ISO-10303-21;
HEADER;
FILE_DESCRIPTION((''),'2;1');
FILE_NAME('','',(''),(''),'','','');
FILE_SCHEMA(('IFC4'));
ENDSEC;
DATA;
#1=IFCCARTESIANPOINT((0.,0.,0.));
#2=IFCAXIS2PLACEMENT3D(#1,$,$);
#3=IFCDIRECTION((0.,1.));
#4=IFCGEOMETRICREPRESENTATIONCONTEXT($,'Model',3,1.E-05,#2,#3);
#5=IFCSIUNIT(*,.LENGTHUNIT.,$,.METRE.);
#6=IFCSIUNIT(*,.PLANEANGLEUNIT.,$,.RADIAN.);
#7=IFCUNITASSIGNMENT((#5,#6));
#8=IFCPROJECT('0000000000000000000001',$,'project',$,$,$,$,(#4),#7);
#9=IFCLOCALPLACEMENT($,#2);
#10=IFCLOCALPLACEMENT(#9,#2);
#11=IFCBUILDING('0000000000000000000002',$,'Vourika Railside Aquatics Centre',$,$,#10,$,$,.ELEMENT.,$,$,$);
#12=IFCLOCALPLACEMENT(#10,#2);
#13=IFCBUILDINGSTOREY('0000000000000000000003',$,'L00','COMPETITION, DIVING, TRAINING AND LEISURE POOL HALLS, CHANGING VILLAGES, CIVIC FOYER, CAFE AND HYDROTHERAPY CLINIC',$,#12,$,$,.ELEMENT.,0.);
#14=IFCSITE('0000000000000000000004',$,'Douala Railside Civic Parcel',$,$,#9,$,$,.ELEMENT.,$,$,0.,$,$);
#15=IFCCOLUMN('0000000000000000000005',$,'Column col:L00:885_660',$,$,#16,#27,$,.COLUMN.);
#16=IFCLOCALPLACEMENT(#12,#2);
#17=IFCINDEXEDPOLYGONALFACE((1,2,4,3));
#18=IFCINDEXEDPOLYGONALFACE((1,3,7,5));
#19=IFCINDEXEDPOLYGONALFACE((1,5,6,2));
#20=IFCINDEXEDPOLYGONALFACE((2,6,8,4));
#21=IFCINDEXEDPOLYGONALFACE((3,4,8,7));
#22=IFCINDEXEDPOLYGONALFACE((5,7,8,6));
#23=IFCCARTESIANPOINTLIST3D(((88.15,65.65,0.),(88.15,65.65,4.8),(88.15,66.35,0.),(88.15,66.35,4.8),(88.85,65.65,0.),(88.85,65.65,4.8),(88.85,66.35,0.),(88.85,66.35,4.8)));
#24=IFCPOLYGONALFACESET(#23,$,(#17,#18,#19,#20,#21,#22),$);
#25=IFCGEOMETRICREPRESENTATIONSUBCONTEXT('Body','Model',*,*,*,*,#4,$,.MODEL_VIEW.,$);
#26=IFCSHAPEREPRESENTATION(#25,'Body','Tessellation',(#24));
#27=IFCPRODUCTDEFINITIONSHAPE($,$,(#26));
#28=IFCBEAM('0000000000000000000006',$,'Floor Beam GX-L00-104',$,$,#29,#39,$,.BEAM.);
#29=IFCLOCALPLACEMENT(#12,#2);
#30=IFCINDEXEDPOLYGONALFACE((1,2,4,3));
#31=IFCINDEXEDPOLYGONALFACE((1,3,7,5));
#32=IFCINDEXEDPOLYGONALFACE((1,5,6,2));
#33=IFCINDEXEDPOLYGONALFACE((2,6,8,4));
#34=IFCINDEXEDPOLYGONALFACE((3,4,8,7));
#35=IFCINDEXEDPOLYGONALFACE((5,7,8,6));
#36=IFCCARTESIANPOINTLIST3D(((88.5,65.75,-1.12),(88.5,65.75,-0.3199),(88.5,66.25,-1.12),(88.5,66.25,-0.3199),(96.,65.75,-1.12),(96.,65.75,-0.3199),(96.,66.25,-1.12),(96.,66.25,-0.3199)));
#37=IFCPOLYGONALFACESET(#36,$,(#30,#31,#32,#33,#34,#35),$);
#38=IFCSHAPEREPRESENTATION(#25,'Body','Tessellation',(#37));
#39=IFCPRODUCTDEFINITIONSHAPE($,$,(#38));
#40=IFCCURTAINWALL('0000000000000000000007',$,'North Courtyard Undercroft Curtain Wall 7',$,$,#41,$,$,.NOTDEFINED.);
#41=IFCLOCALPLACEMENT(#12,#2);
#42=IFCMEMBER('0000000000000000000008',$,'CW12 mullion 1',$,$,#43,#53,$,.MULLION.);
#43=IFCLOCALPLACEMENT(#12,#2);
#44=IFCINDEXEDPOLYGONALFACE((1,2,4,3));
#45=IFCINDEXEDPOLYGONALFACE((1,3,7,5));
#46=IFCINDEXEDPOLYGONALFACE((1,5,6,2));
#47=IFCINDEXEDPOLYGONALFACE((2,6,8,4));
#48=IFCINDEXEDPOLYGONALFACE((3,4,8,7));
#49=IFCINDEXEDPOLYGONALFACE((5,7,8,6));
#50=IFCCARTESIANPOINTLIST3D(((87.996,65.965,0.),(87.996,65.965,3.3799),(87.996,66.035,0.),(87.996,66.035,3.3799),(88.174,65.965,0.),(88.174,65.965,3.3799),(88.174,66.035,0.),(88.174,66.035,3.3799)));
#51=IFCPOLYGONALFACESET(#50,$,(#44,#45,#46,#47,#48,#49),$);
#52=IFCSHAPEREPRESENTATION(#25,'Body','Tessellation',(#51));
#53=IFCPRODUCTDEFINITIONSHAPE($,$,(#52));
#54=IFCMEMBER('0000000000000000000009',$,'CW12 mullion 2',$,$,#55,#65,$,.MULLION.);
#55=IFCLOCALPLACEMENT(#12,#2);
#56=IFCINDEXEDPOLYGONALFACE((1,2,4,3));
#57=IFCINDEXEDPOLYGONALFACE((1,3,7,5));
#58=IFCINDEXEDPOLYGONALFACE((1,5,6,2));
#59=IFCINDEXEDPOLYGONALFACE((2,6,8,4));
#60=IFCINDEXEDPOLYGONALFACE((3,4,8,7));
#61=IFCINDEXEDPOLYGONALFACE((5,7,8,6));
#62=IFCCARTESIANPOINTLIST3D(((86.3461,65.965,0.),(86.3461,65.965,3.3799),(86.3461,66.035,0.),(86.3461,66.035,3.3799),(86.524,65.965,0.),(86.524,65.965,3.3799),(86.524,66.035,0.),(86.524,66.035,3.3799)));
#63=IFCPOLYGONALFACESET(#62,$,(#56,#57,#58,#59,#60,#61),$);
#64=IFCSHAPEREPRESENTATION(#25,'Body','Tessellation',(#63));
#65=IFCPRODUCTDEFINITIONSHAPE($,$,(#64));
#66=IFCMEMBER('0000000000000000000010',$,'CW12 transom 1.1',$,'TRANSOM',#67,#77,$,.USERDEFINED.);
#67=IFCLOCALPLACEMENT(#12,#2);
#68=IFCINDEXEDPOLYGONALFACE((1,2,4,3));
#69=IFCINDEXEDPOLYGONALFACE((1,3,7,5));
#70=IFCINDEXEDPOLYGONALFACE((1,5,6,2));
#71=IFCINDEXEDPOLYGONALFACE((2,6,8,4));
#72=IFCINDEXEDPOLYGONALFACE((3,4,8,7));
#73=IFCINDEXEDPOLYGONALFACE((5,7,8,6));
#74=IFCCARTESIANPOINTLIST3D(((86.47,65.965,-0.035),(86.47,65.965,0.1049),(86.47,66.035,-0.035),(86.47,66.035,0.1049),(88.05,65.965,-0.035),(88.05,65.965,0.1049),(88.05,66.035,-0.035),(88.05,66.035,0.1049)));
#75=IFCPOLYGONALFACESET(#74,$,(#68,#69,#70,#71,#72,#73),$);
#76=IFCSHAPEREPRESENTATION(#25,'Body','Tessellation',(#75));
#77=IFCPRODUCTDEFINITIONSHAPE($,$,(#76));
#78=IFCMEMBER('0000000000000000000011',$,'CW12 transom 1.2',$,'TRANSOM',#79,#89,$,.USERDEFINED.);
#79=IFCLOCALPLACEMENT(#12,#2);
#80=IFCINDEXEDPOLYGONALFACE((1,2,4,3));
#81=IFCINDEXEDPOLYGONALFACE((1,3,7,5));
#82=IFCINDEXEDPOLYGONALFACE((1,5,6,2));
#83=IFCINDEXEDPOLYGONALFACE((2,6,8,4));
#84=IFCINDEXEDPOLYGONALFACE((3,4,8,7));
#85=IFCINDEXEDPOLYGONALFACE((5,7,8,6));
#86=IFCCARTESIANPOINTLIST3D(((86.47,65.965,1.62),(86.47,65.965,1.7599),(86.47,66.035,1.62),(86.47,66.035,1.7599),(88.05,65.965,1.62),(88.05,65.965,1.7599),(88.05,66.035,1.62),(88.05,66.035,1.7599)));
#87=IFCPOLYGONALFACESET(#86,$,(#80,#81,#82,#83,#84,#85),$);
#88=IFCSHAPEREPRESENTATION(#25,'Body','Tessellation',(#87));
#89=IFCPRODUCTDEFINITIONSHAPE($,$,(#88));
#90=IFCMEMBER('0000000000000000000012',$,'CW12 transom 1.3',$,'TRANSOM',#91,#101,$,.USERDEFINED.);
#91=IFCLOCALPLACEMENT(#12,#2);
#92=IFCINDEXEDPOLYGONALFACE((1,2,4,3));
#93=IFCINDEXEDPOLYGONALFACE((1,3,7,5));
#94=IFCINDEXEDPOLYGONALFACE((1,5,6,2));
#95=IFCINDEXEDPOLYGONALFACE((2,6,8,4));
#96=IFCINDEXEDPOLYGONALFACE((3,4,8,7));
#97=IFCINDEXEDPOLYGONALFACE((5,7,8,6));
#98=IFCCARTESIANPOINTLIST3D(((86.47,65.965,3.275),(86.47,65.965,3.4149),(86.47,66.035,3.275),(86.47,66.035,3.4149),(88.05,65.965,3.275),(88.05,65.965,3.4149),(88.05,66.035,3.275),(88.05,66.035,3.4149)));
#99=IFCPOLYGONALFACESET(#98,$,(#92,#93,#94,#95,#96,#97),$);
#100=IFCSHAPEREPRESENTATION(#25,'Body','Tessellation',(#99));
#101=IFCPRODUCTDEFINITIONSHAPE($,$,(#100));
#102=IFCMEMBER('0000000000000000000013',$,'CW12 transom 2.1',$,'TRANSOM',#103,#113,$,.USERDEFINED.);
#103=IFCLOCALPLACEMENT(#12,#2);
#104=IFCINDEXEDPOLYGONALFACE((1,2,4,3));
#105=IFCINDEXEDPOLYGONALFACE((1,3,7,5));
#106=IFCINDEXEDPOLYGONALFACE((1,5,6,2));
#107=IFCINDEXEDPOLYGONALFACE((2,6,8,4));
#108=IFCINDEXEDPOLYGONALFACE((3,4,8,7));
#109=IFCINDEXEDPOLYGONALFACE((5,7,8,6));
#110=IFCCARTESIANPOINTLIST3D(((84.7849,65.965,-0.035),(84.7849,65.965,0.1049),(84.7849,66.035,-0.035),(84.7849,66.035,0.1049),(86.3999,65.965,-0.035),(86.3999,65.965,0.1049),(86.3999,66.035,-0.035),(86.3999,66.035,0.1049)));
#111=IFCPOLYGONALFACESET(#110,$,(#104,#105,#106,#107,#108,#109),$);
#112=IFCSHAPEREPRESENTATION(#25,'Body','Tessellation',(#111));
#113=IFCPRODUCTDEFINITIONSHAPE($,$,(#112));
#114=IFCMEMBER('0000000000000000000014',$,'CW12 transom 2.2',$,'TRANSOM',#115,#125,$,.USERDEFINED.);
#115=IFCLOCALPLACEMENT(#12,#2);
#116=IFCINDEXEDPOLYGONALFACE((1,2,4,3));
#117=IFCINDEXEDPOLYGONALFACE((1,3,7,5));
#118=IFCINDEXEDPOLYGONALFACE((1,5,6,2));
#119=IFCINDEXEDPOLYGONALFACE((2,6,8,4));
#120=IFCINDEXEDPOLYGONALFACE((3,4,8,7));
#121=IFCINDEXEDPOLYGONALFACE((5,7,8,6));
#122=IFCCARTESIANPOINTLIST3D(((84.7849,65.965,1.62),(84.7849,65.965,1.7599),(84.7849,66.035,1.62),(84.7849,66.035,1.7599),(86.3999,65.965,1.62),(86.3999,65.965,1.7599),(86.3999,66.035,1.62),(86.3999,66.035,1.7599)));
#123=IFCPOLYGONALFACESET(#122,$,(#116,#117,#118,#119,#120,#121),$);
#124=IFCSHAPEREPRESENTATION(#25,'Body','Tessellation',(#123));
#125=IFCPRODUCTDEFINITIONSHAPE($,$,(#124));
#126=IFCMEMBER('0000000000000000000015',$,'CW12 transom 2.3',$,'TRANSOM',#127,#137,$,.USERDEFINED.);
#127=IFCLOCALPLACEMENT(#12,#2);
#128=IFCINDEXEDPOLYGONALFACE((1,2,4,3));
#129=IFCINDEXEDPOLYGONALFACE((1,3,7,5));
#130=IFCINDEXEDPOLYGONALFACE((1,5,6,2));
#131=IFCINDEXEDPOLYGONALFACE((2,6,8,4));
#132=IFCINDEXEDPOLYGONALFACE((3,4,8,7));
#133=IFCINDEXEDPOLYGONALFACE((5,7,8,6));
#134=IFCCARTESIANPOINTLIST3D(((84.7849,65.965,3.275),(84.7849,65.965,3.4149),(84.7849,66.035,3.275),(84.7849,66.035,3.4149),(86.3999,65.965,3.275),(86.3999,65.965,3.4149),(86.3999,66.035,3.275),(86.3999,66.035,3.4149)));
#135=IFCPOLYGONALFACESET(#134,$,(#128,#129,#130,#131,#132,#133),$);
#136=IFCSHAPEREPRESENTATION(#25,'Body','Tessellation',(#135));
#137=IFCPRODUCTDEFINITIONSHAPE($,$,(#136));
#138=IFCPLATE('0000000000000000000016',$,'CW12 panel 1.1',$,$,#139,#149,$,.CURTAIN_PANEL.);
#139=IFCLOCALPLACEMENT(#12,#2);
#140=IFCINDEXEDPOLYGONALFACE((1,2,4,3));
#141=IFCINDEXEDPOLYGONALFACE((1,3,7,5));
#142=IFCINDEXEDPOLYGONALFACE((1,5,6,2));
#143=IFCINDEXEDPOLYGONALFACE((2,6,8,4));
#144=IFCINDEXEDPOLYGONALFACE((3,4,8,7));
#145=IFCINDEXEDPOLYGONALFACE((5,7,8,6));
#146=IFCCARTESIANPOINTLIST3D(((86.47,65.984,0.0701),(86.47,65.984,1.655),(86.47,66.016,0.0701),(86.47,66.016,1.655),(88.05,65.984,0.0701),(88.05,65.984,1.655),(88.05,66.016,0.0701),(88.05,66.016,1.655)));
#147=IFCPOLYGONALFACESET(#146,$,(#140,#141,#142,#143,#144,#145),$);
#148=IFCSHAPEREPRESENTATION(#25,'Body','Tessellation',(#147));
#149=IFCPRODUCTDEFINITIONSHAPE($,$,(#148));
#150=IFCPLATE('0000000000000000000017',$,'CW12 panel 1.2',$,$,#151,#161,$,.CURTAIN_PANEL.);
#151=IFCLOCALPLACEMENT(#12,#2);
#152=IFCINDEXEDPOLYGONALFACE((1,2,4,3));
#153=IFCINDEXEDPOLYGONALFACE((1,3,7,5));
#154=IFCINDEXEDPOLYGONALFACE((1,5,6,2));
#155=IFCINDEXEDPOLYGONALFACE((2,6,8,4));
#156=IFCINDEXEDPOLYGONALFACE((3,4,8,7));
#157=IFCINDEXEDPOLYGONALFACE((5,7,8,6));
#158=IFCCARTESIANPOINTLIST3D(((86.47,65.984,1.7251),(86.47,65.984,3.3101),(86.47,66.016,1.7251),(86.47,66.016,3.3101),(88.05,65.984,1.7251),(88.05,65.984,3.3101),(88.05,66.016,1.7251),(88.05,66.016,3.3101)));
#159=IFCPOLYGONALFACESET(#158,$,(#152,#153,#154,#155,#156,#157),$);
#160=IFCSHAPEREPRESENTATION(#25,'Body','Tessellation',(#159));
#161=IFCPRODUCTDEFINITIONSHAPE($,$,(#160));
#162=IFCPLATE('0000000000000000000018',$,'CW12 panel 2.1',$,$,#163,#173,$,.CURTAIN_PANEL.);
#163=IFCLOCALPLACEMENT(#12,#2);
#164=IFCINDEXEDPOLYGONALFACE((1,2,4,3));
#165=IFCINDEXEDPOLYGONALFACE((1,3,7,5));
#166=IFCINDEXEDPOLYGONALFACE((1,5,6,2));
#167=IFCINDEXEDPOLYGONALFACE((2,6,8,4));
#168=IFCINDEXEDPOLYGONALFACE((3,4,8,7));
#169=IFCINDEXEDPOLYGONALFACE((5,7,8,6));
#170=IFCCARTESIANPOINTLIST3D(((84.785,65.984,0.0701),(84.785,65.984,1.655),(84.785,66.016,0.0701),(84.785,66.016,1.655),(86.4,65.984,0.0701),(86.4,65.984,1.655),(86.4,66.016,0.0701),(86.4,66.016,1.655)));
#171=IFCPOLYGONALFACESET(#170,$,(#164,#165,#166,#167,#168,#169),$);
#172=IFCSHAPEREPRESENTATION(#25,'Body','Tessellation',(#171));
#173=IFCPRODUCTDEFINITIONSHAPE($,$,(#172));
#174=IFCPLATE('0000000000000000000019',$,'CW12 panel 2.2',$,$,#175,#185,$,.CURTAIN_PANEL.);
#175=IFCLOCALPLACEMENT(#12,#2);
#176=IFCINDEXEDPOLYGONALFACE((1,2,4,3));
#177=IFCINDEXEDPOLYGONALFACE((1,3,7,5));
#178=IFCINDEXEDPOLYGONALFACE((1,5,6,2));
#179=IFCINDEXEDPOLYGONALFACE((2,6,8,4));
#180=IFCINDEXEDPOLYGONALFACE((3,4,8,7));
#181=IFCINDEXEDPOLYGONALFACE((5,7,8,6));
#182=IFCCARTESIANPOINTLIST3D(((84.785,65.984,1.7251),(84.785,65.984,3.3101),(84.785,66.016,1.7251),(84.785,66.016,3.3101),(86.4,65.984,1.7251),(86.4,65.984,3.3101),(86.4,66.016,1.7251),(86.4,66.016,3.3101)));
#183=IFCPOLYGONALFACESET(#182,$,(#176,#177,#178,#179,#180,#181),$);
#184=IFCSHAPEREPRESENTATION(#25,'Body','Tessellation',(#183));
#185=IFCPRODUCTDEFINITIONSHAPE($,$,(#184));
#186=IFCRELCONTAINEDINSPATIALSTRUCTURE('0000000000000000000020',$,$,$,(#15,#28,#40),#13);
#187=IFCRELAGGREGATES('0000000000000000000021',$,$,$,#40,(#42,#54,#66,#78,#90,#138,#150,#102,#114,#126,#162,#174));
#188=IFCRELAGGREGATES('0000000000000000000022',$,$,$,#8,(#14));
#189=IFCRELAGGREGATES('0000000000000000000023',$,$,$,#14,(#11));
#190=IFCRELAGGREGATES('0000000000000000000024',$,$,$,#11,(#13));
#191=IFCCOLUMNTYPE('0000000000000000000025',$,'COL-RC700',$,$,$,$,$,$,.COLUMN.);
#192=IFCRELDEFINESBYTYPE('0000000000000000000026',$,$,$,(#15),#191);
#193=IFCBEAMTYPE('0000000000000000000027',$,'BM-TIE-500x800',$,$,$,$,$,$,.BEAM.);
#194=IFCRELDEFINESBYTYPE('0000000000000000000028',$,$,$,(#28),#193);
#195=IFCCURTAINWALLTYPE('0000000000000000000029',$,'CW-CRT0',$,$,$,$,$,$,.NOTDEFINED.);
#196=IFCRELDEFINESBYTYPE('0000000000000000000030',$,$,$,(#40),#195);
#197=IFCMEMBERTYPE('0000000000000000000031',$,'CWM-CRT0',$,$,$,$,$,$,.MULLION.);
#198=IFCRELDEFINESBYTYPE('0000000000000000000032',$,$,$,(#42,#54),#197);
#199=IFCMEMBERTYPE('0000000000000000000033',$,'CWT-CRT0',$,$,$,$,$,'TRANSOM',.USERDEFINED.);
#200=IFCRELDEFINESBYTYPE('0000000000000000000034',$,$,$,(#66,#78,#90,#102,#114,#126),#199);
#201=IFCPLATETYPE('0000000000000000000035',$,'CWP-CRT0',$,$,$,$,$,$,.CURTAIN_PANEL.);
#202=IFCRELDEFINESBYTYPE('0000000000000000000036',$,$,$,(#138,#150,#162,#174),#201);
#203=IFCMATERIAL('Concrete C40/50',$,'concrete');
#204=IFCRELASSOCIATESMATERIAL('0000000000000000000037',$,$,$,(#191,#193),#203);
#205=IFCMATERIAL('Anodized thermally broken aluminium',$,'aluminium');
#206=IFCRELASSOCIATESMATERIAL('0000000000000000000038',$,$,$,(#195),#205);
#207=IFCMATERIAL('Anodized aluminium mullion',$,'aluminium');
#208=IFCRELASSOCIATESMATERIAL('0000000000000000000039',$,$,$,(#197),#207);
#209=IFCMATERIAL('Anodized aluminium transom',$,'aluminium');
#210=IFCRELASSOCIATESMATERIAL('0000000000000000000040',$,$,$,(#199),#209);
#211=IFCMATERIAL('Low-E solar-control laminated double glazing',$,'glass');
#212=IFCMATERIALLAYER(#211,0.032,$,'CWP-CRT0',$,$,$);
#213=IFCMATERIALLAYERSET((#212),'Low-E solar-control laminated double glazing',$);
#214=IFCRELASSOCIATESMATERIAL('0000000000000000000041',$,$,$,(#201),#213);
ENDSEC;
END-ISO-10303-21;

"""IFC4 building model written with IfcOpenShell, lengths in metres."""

from ifc_helpers import new_model, si_unit, direction, frame, origin, origin_2d, place, context, subcontext, project, spatial, rectangle, extrude, material, layer, layer_set, material_profile, profile_set, type_object, element, aggregate, save


model = new_model("IFC4")

# Units and contexts
model_context = context("Model", 3, precision=1e-05, world=origin(), true_north=direction((0.0, 1.0)))
body_context = subcontext(model_context, "Body", "Model", "MODEL_VIEW")
ifc_project = project(units=[si_unit("LENGTHUNIT", "METRE"), si_unit("PLANEANGLEUNIT", "RADIAN")], contexts=[model_context])

# Site, building, storey
site_placement = place(None, origin())
site = spatial("IfcSite", under=ifc_project, at=site_placement, Name="Douala Railside Civic Parcel", CompositionType="ELEMENT", RefElevation=0.0)
building_placement = place(site_placement, origin())
building = spatial("IfcBuilding", under=site, at=building_placement, Name="Vourika Railside Aquatics Centre", CompositionType="ELEMENT")
storey_placement = place(building_placement, origin())
storey = spatial("IfcBuildingStorey", under=building, at=storey_placement, Name="L00", Description="COMPETITION, DIVING, TRAINING AND LEISURE POOL HALLS, CHANGING VILLAGES, CIVIC FOYER, CAFE AND HYDROTHERAPY CLINIC", CompositionType="ELEMENT", Elevation=0.0)

# Column
ifc_material_1 = material(Name="Concrete C40/50", Category="concrete")
ifc_material_profile_1 = material_profile(ifc_material_1, rectangle(XDim=0.7, YDim=0.7, at=origin_2d()), Name="RC 700x700")
ifc_profile_set_1 = profile_set([ifc_material_profile_1], Name="Concrete C40/50")
column_type = type_object("IfcColumnType", Name="COL-RC700", PredefinedType="COLUMN", material=ifc_profile_set_1)
column_placement = place(storey_placement, frame((88.5, 66.0, 0.0), z_axis=(0.0, 0.0, 1.0), x_axis=(1.0, 0.0, 0.0)))
element("IfcColumn", 1, at=column_placement, inside=storey, type_object=column_type, Name="Column col:L00:885_660", PredefinedType="COLUMN", context=body_context, shape_type="SweptSolid", body=[
    extrude(rectangle(XDim=0.7, YDim=0.7, at=origin_2d()), origin(), (0.0, 0.0, 1.0), 4.8),
])

# Beam
ifc_material_profile_2 = material_profile(ifc_material_1, rectangle(XDim=0.5, YDim=0.8, at=origin_2d()), Name="RC 500x800")
ifc_profile_set_2 = profile_set([ifc_material_profile_2], Name="Concrete C40/50")
beam_type = type_object("IfcBeamType", Name="BM-TIE-500x800", PredefinedType="BEAM", material=ifc_profile_set_2)
beam_placement = place(storey_placement, frame((88.5, 66.0, -0.72), z_axis=(1.0, 0.0, 0.0), x_axis=(0.0, 1.0, 0.0)))
element("IfcBeam", 2, at=beam_placement, inside=storey, type_object=beam_type, Name="Floor Beam GX-L00-104", PredefinedType="BEAM", context=body_context, shape_type="SweptSolid", body=[
    extrude(rectangle(XDim=0.5, YDim=0.8, at=origin_2d()), origin(), (0.0, 0.0, 1.0), 7.5),
])

# Curtain wall, members, plates
ifc_material_2 = material(Name="Anodized thermally broken aluminium", Category="aluminium")
curtain_wall_type = type_object("IfcCurtainWallType", Name="CW-CRT0", PredefinedType="NOTDEFINED", material=ifc_material_2)
curtain_wall_placement = place(storey_placement, origin())
curtain_wall = element("IfcCurtainWall", 3, at=curtain_wall_placement, inside=storey, type_object=curtain_wall_type, Name="North Courtyard Undercroft Curtain Wall 7", PredefinedType="NOTDEFINED")
ifc_material_3 = material(Name="Anodized aluminium mullion", Category="aluminium")
ifc_material_profile_3 = material_profile(ifc_material_3, rectangle(XDim=0.0701, YDim=0.178, at=origin_2d()), Name="ALU-M 70x178")
ifc_profile_set_3 = profile_set([ifc_material_profile_3], Name="Anodized aluminium mullion")
member_type_1 = type_object("IfcMemberType", Name="CWM-CRT0", PredefinedType="MULLION", material=ifc_profile_set_3)
member_1_placement = place(storey_placement, frame((88.085, 66.0, 0.0), z_axis=(0.0, 0.0, 1.0), x_axis=(0.0, -1.0, 0.0)))
member_1 = element("IfcMember", 4, at=member_1_placement, type_object=member_type_1, Name="CW12 mullion 1", PredefinedType="MULLION", context=body_context, shape_type="SweptSolid", body=[
    extrude(rectangle(XDim=0.0701, YDim=0.178, at=origin_2d()), origin(), (0.0, 0.0, 1.0), 3.3799),
])
member_2_placement = place(storey_placement, frame((86.4351, 66.0, 0.0), z_axis=(0.0, 0.0, 1.0), x_axis=(0.0, -1.0, 0.0)))
member_2 = element("IfcMember", 5, at=member_2_placement, type_object=member_type_1, Name="CW12 mullion 2", PredefinedType="MULLION", context=body_context, shape_type="SweptSolid", body=[
    extrude(rectangle(XDim=0.0701, YDim=0.178, at=origin_2d()), origin(), (0.0, 0.0, 1.0), 3.3799),
])
ifc_material_4 = material(Name="Anodized aluminium transom", Category="aluminium")
ifc_material_profile_4 = material_profile(ifc_material_4, rectangle(XDim=0.0701, YDim=0.1399, at=origin_2d()), Name="ALU-T 70x140")
ifc_profile_set_4 = profile_set([ifc_material_profile_4], Name="Anodized aluminium transom")
member_type_2 = type_object("IfcMemberType", Name="CWT-CRT0", ElementType="TRANSOM", PredefinedType="USERDEFINED", material=ifc_profile_set_4)
member_3_placement = place(storey_placement, frame((88.05, 66.0, 0.0349), z_axis=(-1.0, 0.0, 0.0), x_axis=(0.0, -1.0, 0.0)))
member_3 = element("IfcMember", 6, at=member_3_placement, type_object=member_type_2, Name="CW12 transom 1.1", ObjectType="TRANSOM", PredefinedType="USERDEFINED", context=body_context, shape_type="SweptSolid", body=[
    extrude(rectangle(XDim=0.0701, YDim=0.1399, at=origin_2d()), origin(), (0.0, 0.0, 1.0), 1.5801),
])
member_4_placement = place(storey_placement, frame((88.05, 66.0, 1.6899), z_axis=(-1.0, 0.0, 0.0), x_axis=(0.0, -1.0, 0.0)))
member_4 = element("IfcMember", 7, at=member_4_placement, type_object=member_type_2, Name="CW12 transom 1.2", ObjectType="TRANSOM", PredefinedType="USERDEFINED", context=body_context, shape_type="SweptSolid", body=[
    extrude(rectangle(XDim=0.0701, YDim=0.1399, at=origin_2d()), origin(), (0.0, 0.0, 1.0), 1.5801),
])
member_5_placement = place(storey_placement, frame((88.05, 66.0, 3.345), z_axis=(-1.0, 0.0, 0.0), x_axis=(0.0, -1.0, 0.0)))
member_5 = element("IfcMember", 8, at=member_5_placement, type_object=member_type_2, Name="CW12 transom 1.3", ObjectType="TRANSOM", PredefinedType="USERDEFINED", context=body_context, shape_type="SweptSolid", body=[
    extrude(rectangle(XDim=0.0701, YDim=0.1399, at=origin_2d()), origin(), (0.0, 0.0, 1.0), 1.5801),
])
member_6_placement = place(storey_placement, frame((86.3999, 66.0, 0.0349), z_axis=(-1.0, 0.0, 0.0), x_axis=(0.0, -1.0, 0.0)))
member_6 = element("IfcMember", 9, at=member_6_placement, type_object=member_type_2, Name="CW12 transom 2.1", ObjectType="TRANSOM", PredefinedType="USERDEFINED", context=body_context, shape_type="SweptSolid", body=[
    extrude(rectangle(XDim=0.0701, YDim=0.1399, at=origin_2d()), origin(), (0.0, 0.0, 1.0), 1.615),
])
member_7_placement = place(storey_placement, frame((86.3999, 66.0, 1.6899), z_axis=(-1.0, 0.0, 0.0), x_axis=(0.0, -1.0, 0.0)))
member_7 = element("IfcMember", 10, at=member_7_placement, type_object=member_type_2, Name="CW12 transom 2.2", ObjectType="TRANSOM", PredefinedType="USERDEFINED", context=body_context, shape_type="SweptSolid", body=[
    extrude(rectangle(XDim=0.0701, YDim=0.1399, at=origin_2d()), origin(), (0.0, 0.0, 1.0), 1.615),
])
member_8_placement = place(storey_placement, frame((86.3999, 66.0, 3.345), z_axis=(-1.0, 0.0, 0.0), x_axis=(0.0, -1.0, 0.0)))
member_8 = element("IfcMember", 11, at=member_8_placement, type_object=member_type_2, Name="CW12 transom 2.3", ObjectType="TRANSOM", PredefinedType="USERDEFINED", context=body_context, shape_type="SweptSolid", body=[
    extrude(rectangle(XDim=0.0701, YDim=0.1399, at=origin_2d()), origin(), (0.0, 0.0, 1.0), 1.615),
])
ifc_material_5 = material(Name="Low-E solar-control laminated double glazing", Category="glass")
ifc_layer_1 = layer(ifc_material_5, 0.032, Name="CWP-CRT0")
ifc_layer_set_1 = layer_set([ifc_layer_1], Name="Low-E solar-control laminated double glazing")
plate_type = type_object("IfcPlateType", Name="CWP-CRT0", PredefinedType="CURTAIN_PANEL", material=ifc_layer_set_1)
plate_1_placement = place(storey_placement, frame((87.26, 66.0, 0.0701), z_axis=(0.0, 0.0, 1.0), x_axis=(-1.0, 0.0, 0.0)))
plate_1 = element("IfcPlate", 12, at=plate_1_placement, type_object=plate_type, Name="CW12 panel 1.1", PredefinedType="CURTAIN_PANEL", context=body_context, shape_type="SweptSolid", body=[
    extrude(rectangle(XDim=1.5801, YDim=0.032, at=origin_2d()), origin(), (0.0, 0.0, 1.0), 1.585),
])
plate_2_placement = place(storey_placement, frame((87.26, 66.0, 1.7251), z_axis=(0.0, 0.0, 1.0), x_axis=(-1.0, 0.0, 0.0)))
plate_2 = element("IfcPlate", 13, at=plate_2_placement, type_object=plate_type, Name="CW12 panel 1.2", PredefinedType="CURTAIN_PANEL", context=body_context, shape_type="SweptSolid", body=[
    extrude(rectangle(XDim=1.5801, YDim=0.032, at=origin_2d()), origin(), (0.0, 0.0, 1.0), 1.585),
])
plate_3_placement = place(storey_placement, frame((85.5925, 66.0, 0.0701), z_axis=(0.0, 0.0, 1.0), x_axis=(-1.0, 0.0, 0.0)))
plate_3 = element("IfcPlate", 14, at=plate_3_placement, type_object=plate_type, Name="CW12 panel 2.1", PredefinedType="CURTAIN_PANEL", context=body_context, shape_type="SweptSolid", body=[
    extrude(rectangle(XDim=1.615, YDim=0.032, at=origin_2d()), origin(), (0.0, 0.0, 1.0), 1.585),
])
plate_4_placement = place(storey_placement, frame((85.5925, 66.0, 1.7251), z_axis=(0.0, 0.0, 1.0), x_axis=(-1.0, 0.0, 0.0)))
plate_4 = element("IfcPlate", 15, at=plate_4_placement, type_object=plate_type, Name="CW12 panel 2.2", PredefinedType="CURTAIN_PANEL", context=body_context, shape_type="SweptSolid", body=[
    extrude(rectangle(XDim=1.615, YDim=0.032, at=origin_2d()), origin(), (0.0, 0.0, 1.0), 1.585),
])
aggregate(curtain_wall, [member_1, member_2, member_3, member_4, member_5, plate_1, plate_2, member_6, member_7, member_8, plate_3, plate_4])

save(model, "model.ifc")
